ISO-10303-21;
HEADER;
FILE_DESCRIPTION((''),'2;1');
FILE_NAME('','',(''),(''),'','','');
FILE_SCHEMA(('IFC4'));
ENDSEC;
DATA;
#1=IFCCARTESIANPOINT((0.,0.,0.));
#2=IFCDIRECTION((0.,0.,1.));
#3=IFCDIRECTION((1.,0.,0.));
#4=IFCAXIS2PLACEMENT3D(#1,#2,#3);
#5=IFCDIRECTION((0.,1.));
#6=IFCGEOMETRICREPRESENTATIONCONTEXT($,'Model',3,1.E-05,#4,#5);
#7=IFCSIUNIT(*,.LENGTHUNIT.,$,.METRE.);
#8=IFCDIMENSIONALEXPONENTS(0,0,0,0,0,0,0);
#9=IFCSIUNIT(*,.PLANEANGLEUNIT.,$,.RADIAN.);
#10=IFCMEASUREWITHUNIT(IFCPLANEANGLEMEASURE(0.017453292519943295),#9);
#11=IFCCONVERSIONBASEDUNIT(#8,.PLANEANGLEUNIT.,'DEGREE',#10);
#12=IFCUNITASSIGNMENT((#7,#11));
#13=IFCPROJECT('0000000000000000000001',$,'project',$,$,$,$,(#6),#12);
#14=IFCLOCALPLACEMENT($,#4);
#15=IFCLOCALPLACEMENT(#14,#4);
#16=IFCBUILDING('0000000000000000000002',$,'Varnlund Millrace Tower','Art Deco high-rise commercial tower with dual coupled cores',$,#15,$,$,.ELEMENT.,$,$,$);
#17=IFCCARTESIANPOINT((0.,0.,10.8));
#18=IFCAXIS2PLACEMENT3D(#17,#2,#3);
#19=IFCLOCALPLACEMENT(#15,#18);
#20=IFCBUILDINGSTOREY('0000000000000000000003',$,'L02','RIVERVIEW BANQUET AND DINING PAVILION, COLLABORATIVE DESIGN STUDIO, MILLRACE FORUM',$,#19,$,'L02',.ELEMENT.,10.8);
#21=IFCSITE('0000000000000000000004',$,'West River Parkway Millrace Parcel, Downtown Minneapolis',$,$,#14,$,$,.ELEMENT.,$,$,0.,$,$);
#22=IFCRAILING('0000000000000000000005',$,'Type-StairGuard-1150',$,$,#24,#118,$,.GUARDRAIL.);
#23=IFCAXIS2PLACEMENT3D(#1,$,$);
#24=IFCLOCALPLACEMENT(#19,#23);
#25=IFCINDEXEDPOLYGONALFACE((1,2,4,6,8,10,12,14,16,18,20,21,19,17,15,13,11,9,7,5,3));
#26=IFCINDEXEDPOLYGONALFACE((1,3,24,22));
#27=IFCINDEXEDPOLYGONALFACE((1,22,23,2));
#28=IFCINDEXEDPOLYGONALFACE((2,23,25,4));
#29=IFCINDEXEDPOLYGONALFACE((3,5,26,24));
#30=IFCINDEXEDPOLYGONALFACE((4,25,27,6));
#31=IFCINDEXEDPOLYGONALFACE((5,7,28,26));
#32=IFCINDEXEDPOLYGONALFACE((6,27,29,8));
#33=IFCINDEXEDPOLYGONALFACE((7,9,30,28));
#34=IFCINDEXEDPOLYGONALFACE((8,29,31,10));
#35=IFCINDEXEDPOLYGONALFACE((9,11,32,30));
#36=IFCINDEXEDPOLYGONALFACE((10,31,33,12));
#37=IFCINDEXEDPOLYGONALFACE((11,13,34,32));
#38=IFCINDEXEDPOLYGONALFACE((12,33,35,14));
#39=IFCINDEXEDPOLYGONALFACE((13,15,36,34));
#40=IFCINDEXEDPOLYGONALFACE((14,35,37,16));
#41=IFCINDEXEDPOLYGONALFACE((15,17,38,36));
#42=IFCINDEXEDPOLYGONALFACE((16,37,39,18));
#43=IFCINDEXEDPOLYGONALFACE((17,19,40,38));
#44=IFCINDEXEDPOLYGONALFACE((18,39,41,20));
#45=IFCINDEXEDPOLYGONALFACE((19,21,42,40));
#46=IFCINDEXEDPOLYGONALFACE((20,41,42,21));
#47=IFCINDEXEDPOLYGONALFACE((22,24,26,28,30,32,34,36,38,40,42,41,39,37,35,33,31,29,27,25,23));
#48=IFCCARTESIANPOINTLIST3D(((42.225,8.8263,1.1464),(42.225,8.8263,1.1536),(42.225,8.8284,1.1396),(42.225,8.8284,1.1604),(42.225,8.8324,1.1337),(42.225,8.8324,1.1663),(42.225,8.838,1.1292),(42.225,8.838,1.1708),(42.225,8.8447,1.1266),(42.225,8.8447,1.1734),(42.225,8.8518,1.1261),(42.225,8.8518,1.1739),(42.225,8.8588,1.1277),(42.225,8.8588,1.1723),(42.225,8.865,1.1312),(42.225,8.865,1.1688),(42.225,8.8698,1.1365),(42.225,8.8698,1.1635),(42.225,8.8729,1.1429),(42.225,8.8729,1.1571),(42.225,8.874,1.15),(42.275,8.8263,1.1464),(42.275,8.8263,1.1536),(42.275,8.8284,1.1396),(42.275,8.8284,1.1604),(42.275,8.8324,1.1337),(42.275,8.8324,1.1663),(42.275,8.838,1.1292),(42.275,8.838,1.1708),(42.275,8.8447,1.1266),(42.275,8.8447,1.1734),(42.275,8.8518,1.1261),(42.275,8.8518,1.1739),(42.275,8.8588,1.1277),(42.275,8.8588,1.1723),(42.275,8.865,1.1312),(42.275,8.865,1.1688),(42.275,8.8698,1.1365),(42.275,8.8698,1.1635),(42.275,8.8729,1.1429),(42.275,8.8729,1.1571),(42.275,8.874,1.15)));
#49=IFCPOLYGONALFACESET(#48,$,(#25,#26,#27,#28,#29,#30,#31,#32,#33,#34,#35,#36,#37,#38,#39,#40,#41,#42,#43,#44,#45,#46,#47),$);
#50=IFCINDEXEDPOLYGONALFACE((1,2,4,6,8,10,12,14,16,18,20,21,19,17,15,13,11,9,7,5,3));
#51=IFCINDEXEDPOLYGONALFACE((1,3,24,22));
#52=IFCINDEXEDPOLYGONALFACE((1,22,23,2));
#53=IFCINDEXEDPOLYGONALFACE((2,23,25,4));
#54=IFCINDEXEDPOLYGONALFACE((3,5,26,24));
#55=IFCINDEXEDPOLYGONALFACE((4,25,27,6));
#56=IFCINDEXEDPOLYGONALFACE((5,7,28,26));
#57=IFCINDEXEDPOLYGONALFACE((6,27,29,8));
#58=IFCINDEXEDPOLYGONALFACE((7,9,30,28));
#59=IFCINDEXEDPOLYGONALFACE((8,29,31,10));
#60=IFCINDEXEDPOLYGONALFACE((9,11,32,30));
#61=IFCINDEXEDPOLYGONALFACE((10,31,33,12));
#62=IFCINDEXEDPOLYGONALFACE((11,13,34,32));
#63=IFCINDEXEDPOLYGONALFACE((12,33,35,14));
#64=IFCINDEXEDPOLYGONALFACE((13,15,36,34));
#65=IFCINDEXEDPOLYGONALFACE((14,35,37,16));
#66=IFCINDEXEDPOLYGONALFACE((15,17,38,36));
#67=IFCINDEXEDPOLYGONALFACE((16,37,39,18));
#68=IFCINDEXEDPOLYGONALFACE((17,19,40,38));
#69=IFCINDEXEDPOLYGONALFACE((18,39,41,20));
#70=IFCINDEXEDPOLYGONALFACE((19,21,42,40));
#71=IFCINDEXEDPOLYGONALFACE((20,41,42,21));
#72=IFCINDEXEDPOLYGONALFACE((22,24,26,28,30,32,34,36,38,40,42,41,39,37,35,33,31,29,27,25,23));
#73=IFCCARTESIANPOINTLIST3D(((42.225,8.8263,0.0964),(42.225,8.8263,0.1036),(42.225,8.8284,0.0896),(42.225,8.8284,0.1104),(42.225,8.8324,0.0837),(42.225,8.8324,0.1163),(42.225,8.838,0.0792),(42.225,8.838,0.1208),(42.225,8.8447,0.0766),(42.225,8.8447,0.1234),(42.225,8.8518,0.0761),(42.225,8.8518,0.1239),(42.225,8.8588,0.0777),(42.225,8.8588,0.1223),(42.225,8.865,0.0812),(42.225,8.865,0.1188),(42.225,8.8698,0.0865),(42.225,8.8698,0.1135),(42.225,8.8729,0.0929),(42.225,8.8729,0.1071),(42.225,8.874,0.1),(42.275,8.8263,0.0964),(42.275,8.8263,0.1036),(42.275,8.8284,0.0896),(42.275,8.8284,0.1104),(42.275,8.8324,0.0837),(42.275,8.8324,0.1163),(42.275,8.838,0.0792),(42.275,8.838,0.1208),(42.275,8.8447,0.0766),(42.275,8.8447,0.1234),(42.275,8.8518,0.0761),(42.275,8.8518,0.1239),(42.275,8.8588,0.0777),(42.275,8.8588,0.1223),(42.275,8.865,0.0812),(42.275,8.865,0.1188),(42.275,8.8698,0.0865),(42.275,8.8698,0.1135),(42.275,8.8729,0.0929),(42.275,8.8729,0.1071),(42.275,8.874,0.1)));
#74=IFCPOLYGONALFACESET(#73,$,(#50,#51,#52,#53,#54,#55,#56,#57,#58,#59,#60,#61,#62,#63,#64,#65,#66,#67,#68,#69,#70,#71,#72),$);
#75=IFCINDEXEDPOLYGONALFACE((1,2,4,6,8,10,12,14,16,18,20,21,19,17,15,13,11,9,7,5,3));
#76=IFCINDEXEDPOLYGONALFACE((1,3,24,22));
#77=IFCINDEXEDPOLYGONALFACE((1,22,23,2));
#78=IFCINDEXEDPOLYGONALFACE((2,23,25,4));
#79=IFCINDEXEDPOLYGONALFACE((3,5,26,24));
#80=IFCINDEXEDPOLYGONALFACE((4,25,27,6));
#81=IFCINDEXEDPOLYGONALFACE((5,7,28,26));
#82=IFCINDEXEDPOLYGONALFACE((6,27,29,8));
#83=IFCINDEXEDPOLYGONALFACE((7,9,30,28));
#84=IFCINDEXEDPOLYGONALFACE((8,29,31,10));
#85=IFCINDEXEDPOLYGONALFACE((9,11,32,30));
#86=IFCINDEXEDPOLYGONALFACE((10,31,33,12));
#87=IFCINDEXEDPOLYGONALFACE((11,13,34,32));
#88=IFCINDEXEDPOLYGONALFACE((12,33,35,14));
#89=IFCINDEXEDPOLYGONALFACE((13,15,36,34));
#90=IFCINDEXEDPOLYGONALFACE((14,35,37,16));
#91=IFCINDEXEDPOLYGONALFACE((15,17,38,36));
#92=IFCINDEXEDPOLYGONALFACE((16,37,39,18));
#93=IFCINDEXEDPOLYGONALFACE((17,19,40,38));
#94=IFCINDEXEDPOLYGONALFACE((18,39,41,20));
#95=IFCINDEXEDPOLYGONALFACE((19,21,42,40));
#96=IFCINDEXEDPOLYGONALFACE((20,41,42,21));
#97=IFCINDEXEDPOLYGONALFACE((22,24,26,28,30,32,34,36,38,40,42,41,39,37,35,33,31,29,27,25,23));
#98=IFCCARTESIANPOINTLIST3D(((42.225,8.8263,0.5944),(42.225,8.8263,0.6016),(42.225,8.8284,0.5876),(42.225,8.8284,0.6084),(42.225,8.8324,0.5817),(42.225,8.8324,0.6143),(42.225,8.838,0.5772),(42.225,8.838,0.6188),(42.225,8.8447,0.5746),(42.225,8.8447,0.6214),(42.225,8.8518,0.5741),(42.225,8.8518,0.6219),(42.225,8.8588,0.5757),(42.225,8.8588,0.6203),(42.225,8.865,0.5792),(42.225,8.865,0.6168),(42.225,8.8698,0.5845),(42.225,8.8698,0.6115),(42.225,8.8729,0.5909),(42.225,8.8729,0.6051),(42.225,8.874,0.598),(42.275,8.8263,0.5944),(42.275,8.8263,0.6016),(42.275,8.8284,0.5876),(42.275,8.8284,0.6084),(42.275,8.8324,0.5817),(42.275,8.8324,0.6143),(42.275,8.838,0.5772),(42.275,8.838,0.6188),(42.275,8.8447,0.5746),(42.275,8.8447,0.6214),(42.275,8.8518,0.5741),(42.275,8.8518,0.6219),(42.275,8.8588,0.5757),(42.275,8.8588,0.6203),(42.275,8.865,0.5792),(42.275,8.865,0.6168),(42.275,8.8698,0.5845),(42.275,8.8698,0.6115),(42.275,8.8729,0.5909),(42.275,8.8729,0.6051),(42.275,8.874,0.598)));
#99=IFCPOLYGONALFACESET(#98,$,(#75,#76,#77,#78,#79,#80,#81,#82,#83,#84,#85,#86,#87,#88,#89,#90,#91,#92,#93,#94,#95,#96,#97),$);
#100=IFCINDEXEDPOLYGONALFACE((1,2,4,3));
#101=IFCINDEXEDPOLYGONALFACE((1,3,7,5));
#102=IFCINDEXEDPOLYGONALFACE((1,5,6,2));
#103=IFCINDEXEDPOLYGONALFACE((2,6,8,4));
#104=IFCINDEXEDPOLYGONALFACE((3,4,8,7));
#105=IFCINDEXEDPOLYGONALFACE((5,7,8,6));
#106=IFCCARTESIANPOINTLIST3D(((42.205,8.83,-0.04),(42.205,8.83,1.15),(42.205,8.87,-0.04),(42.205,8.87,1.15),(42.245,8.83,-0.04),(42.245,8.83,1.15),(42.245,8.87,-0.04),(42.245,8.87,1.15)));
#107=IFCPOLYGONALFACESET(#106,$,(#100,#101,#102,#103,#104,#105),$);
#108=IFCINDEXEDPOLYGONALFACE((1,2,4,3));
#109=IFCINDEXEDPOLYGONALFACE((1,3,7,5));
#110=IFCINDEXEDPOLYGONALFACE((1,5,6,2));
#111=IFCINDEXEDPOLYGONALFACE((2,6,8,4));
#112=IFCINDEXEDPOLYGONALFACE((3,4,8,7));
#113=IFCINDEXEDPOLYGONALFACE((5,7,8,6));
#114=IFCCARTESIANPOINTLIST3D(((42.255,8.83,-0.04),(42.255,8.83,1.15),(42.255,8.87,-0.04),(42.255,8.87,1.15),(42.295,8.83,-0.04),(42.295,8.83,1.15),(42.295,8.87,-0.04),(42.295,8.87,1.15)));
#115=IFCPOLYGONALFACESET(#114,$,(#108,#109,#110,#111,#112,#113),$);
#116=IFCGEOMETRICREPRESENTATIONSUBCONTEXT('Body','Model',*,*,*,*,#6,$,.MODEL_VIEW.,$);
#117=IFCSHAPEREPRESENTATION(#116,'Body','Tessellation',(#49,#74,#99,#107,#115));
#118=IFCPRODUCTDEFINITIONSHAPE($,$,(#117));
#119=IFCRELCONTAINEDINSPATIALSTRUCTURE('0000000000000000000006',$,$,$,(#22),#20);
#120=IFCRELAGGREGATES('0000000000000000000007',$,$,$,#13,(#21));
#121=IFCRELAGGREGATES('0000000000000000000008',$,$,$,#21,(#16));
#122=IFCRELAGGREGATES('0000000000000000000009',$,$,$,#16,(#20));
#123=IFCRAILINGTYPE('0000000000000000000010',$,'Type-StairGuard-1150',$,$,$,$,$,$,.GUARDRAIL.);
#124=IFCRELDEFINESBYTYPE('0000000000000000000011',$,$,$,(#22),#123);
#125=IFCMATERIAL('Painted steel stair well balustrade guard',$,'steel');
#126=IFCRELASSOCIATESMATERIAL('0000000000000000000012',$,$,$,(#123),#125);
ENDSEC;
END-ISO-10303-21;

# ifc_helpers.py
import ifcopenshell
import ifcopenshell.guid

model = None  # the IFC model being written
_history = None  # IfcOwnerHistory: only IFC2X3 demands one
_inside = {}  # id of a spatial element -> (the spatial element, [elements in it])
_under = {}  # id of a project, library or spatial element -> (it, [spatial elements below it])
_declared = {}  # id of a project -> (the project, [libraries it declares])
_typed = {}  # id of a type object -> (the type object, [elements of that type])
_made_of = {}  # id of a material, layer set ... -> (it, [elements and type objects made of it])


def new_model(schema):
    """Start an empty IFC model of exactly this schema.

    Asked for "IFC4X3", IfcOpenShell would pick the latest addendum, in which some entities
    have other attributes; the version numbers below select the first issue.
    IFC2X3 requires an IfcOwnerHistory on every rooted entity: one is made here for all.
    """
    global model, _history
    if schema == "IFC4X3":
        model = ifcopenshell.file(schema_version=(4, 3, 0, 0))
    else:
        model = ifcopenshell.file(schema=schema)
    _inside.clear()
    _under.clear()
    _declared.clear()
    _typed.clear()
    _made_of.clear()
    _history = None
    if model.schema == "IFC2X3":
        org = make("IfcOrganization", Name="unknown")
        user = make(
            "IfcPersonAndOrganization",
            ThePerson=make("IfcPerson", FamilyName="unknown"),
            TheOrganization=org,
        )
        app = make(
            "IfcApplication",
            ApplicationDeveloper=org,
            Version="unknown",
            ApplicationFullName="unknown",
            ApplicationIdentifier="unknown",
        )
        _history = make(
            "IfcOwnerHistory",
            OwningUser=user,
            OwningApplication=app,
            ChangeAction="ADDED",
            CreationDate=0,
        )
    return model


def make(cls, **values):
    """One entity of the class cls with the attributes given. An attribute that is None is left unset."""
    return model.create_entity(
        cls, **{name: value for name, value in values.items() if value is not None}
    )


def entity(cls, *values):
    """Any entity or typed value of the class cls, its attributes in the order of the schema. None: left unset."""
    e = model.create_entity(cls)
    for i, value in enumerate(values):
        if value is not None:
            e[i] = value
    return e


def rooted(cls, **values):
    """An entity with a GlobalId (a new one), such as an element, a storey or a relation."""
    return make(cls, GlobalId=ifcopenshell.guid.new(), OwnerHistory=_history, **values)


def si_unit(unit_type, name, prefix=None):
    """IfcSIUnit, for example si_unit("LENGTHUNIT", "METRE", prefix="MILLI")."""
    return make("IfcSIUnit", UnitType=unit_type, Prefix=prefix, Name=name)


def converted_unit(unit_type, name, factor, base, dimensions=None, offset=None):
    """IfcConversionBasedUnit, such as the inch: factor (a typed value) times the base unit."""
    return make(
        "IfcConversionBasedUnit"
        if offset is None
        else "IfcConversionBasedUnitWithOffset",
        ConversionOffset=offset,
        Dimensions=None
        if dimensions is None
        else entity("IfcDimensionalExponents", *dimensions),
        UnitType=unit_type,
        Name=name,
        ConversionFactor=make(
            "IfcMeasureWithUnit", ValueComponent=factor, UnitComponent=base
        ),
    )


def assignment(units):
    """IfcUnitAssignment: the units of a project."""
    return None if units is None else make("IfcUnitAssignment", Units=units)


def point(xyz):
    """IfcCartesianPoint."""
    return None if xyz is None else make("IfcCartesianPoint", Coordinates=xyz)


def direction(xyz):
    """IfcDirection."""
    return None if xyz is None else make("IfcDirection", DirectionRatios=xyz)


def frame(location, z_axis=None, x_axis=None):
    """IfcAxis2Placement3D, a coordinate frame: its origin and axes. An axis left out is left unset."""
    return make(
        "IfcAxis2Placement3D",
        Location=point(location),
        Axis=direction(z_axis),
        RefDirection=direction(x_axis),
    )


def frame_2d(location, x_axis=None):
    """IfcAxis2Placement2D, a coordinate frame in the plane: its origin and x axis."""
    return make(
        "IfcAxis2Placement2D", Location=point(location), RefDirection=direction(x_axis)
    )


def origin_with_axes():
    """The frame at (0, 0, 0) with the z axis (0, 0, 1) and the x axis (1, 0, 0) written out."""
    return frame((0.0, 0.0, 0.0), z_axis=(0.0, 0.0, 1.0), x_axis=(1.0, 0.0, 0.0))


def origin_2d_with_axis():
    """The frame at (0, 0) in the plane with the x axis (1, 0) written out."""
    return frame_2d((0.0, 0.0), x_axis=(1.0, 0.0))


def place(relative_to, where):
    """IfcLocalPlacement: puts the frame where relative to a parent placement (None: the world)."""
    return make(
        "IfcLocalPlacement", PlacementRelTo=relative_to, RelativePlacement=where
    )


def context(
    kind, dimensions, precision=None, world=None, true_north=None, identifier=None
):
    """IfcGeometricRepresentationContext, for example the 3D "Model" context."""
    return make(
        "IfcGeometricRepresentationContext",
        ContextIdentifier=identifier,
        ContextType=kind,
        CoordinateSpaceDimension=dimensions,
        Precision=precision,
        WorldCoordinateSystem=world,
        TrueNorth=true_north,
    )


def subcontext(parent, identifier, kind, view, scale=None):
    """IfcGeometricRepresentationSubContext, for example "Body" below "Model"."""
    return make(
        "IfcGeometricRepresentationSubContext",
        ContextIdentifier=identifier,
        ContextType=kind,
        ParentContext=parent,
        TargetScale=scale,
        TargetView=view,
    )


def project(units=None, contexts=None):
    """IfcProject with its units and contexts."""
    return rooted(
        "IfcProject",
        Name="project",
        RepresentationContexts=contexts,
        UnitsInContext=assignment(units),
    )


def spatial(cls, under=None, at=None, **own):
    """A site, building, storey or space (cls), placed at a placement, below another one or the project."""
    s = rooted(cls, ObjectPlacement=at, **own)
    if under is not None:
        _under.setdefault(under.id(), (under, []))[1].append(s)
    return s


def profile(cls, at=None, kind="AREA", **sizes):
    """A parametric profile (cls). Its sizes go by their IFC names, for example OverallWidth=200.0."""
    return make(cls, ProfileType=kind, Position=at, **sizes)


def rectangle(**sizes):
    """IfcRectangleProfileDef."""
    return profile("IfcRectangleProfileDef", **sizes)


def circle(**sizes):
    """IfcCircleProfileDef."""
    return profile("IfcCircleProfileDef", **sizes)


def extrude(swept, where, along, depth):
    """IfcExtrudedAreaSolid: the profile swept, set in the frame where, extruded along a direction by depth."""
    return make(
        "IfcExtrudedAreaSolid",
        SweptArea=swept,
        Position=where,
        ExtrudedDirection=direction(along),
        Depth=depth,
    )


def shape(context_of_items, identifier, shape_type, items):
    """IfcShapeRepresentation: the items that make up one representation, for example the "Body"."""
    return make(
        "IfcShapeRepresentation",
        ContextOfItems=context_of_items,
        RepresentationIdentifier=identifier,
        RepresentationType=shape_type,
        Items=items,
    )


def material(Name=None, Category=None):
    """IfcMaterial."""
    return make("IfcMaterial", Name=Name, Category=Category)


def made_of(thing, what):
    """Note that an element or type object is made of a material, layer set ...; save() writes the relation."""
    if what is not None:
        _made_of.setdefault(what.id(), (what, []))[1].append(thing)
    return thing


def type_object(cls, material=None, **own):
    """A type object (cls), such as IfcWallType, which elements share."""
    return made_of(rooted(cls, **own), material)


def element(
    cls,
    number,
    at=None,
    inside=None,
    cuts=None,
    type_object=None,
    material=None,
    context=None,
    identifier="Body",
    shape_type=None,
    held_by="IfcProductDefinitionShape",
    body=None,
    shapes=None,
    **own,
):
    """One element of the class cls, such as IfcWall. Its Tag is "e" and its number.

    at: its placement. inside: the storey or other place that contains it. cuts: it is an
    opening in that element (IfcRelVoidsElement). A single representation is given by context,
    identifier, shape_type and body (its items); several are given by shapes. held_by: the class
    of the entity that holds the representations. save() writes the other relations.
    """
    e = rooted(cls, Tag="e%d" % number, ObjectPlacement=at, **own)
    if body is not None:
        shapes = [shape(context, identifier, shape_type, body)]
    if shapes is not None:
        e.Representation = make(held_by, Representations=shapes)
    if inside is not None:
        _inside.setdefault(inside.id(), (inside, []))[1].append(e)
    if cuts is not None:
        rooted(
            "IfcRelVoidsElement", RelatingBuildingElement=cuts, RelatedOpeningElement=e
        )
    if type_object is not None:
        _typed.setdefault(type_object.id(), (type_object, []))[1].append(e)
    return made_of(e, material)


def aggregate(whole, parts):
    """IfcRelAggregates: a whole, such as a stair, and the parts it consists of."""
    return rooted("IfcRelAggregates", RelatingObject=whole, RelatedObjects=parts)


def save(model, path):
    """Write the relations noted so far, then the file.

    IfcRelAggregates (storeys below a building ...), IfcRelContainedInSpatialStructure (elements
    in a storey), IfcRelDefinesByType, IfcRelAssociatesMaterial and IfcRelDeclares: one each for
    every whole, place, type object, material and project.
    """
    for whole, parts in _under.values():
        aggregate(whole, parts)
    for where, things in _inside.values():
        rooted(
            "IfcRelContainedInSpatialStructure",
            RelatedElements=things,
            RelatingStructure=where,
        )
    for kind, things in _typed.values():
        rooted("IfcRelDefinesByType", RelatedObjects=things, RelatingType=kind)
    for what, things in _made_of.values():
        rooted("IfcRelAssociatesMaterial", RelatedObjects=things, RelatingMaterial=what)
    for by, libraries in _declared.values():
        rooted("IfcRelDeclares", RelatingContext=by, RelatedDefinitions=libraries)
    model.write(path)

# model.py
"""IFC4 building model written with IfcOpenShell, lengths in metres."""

from ifc_helpers import new_model, entity, si_unit, converted_unit, direction, frame, origin_with_axes, origin_2d_with_axis, place, context, subcontext, project, spatial, rectangle, circle, extrude, material, type_object, element, save


model = new_model("IFC4")

# Units and contexts
model_context = context("Model", 3, precision=1e-05, world=origin_with_axes(), true_north=direction((0.0, 1.0)))
body_context = subcontext(model_context, "Body", "Model", "MODEL_VIEW")
ifc_project = project(units=[si_unit("LENGTHUNIT", "METRE"), converted_unit("PLANEANGLEUNIT", "DEGREE", entity("IfcPlaneAngleMeasure", 0.017453292519943295), si_unit("PLANEANGLEUNIT", "RADIAN"), dimensions=[0, 0, 0, 0, 0, 0, 0])], contexts=[model_context])

# Site, building, storey
site_placement = place(None, origin_with_axes())
site = spatial("IfcSite", under=ifc_project, at=site_placement, Name="West River Parkway Millrace Parcel, Downtown Minneapolis", CompositionType="ELEMENT", RefElevation=0.0)
building_placement = place(site_placement, origin_with_axes())
building = spatial("IfcBuilding", under=site, at=building_placement, Name="Varnlund Millrace Tower", Description="Art Deco high-rise commercial tower with dual coupled cores", CompositionType="ELEMENT")
storey_placement = place(building_placement, frame((0.0, 0.0, 10.8), z_axis=(0.0, 0.0, 1.0), x_axis=(1.0, 0.0, 0.0)))
storey = spatial("IfcBuildingStorey", under=building, at=storey_placement, Name="L02", Description="RIVERVIEW BANQUET AND DINING PAVILION, COLLABORATIVE DESIGN STUDIO, MILLRACE FORUM", LongName="L02", CompositionType="ELEMENT", Elevation=10.8)

# Railing
ifc_material_1 = material(Name="Painted steel stair well balustrade guard", Category="steel")
railing_type_1 = type_object("IfcRailingType", Name="Type-StairGuard-1150", PredefinedType="GUARDRAIL", material=ifc_material_1)
railing_1_placement = place(storey_placement, frame((0.0, 0.0, -10.8), z_axis=(0.0, 0.0, 1.0), x_axis=(1.0, 0.0, 0.0)))
element("IfcRailing", 1, at=railing_1_placement, inside=storey, type_object=railing_type_1, Name="Type-StairGuard-1150", PredefinedType="GUARDRAIL", context=body_context, shape_type="SweptSolid", body=[
    extrude(circle(Radius=0.024, at=origin_2d_with_axis()), frame((42.225, 8.85, 11.95), z_axis=(1.0, 0.0, 0.0), x_axis=(0.0, 1.0, 0.0)), (0.0, 0.0, 1.0), 0.05),
    extrude(circle(Radius=0.024, at=origin_2d_with_axis()), frame((42.225, 8.85, 10.9), z_axis=(1.0, 0.0, 0.0), x_axis=(0.0, 1.0, 0.0)), (0.0, 0.0, 1.0), 0.05),
    extrude(circle(Radius=0.024, at=origin_2d_with_axis()), frame((42.225, 8.85, 11.398), z_axis=(1.0, 0.0, 0.0), x_axis=(0.0, 1.0, 0.0)), (0.0, 0.0, 1.0), 0.05),
    extrude(rectangle(XDim=0.04, YDim=0.04, at=origin_2d_with_axis()), frame((42.225, 8.85, 10.76), z_axis=(0.0, 0.0, 1.0), x_axis=(1.0, 0.0, 0.0)), (0.0, 0.0, 1.0), 1.19),
    extrude(rectangle(XDim=0.04, YDim=0.04, at=origin_2d_with_axis()), frame((42.275, 8.85, 10.76), z_axis=(0.0, 0.0, 1.0), x_axis=(1.0, 0.0, 0.0)), (0.0, 0.0, 1.0), 1.19),
])

save(model, "model.ifc")
